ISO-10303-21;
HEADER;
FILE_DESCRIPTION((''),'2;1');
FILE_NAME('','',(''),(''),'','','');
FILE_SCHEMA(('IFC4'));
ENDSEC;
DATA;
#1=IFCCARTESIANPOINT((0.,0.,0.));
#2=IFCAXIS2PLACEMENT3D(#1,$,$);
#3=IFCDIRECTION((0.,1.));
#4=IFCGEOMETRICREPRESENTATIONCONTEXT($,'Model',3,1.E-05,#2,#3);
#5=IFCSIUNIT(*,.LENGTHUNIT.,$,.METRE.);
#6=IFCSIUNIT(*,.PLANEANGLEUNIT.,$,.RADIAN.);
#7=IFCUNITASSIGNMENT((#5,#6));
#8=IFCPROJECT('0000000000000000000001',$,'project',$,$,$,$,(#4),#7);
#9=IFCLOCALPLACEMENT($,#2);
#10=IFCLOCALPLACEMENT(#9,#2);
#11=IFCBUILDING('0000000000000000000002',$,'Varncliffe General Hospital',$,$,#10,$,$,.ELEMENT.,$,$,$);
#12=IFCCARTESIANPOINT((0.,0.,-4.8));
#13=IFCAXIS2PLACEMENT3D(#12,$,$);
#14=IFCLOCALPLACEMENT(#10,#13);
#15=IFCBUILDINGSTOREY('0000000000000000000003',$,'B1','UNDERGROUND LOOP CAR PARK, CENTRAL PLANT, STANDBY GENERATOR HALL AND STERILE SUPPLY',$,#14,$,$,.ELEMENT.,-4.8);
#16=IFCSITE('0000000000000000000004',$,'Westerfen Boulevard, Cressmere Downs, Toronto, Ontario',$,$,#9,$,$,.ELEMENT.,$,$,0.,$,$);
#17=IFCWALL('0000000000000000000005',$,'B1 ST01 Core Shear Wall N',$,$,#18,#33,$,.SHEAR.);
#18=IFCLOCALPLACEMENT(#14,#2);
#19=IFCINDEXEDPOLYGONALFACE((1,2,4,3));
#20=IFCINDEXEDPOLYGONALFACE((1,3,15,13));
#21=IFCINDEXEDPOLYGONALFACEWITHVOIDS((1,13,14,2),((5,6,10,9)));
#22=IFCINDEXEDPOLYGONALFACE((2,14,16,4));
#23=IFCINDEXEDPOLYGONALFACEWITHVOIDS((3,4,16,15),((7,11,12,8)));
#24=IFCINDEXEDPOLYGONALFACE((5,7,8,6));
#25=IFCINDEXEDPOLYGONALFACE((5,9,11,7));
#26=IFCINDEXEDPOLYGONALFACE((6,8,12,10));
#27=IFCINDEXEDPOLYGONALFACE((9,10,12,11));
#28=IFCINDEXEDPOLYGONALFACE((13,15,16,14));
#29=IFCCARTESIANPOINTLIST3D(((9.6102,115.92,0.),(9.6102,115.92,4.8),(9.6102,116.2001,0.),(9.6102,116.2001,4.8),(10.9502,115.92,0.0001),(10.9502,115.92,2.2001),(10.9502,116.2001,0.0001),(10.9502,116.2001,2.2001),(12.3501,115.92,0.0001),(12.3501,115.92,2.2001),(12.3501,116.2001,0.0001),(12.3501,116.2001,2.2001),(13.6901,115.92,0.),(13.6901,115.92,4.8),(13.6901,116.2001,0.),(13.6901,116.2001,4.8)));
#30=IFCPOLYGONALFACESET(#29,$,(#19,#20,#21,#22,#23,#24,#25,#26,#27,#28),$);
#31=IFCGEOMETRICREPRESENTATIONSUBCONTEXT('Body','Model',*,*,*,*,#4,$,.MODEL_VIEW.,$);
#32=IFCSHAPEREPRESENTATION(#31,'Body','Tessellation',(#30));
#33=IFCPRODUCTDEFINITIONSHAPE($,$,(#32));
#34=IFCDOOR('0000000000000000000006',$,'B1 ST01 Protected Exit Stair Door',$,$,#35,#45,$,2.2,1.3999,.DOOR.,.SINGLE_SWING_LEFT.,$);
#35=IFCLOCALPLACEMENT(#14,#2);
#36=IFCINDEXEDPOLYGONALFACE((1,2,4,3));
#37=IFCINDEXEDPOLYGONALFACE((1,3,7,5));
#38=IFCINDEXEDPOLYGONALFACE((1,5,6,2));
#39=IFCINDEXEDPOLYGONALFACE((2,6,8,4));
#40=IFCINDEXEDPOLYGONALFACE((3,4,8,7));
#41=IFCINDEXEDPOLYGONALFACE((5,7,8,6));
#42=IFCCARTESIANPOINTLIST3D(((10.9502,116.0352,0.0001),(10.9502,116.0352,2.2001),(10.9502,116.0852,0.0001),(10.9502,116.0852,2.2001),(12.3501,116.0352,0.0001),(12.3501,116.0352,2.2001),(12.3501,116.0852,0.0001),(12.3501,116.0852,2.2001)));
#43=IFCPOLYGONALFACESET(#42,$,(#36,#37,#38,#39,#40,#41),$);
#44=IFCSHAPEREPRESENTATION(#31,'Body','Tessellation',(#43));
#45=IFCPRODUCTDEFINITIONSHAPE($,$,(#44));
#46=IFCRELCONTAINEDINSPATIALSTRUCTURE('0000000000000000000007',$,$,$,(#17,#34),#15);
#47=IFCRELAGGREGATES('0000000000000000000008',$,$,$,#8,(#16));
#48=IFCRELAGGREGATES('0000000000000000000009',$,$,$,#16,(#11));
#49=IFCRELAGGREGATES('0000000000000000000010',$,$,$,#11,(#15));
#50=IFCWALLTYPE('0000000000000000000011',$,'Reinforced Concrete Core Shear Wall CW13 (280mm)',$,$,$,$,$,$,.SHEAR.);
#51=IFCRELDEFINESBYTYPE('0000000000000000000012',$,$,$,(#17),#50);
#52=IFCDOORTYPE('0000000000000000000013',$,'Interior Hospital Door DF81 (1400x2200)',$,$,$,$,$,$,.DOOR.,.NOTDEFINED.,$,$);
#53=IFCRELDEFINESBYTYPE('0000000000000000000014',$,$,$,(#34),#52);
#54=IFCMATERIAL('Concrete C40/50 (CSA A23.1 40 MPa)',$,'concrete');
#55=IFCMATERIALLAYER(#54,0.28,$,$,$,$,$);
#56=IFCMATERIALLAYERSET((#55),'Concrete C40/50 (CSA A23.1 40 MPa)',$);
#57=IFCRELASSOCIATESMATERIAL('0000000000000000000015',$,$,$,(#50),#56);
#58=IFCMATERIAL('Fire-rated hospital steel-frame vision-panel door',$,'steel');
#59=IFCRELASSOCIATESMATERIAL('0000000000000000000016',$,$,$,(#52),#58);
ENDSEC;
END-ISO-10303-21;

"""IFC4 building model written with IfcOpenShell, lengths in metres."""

from ifc_helpers import new_model, si_unit, direction, frame, frame_2d, origin, place, context, subcontext, project, spatial, rectangle, extrude, material, layer, layer_set, type_object, element, fill, save


model = new_model("IFC4")

# Units and contexts
model_context = context("Model", 3, precision=1e-05, world=origin(), true_north=direction((0.0, 1.0)))
body_context = subcontext(model_context, "Body", "Model", "MODEL_VIEW")
ifc_project = project(units=[si_unit("LENGTHUNIT", "METRE"), si_unit("PLANEANGLEUNIT", "RADIAN")], contexts=[model_context])

# Site, building, storey
site_placement = place(None, origin())
site = spatial("IfcSite", under=ifc_project, at=site_placement, Name="Westerfen Boulevard, Cressmere Downs, Toronto, Ontario", CompositionType="ELEMENT", RefElevation=0.0)
building_placement = place(site_placement, origin())
building = spatial("IfcBuilding", under=site, at=building_placement, Name="Varncliffe General Hospital", CompositionType="ELEMENT")
storey_placement = place(building_placement, frame((0.0, 0.0, -4.8)))
storey = spatial("IfcBuildingStorey", under=building, at=storey_placement, Name="B1", Description="UNDERGROUND LOOP CAR PARK, CENTRAL PLANT, STANDBY GENERATOR HALL AND STERILE SUPPLY", CompositionType="ELEMENT", Elevation=-4.8)

# Shared definitions
ifc_material_1 = material(Name="Concrete C40/50 (CSA A23.1 40 MPa)", Category="concrete")

# Shared definitions
ifc_layer = layer(ifc_material_1, 0.28)
ifc_layer_set = layer_set([ifc_layer], Name="Concrete C40/50 (CSA A23.1 40 MPa)")
wall_type = type_object("IfcWallType", Name="Reinforced Concrete Core Shear Wall CW13 (280mm)", PredefinedType="SHEAR", material=ifc_layer_set)

# Wall, opening, door
wall_1_placement = place(storey_placement, frame((9.6101, 116.0601, 0.0), z_axis=(0.0, 0.0, 1.0), x_axis=(1.0, 0.0, 0.0)))
wall_1 = element("IfcWall", 1, at=wall_1_placement, inside=storey, type_object=wall_type, Name="B1 ST01 Core Shear Wall N", PredefinedType="SHEAR", context=body_context, shape_type="SweptSolid", body=[
    extrude(rectangle(XDim=4.0798, YDim=0.28, at=frame_2d((2.04, 0.0))), origin(), (0.0, 0.0, 1.0), 4.8),
])
opening_placement = place(wall_1_placement, frame((1.3401, 0.0, 0.0)))
opening = element("IfcOpeningElement", 2, at=opening_placement, cuts=wall_1, PredefinedType="OPENING", context=body_context, shape_type="SweptSolid", body=[
    extrude(rectangle(XDim=1.3999, YDim=2.2, at=frame_2d((0.7, 1.1001))), frame((0.0, 0.1499, 0.0), z_axis=(0.0, -1.0, 0.0), x_axis=(1.0, 0.0, 0.0)), (0.0, 0.0, 1.0), 0.3),
])
ifc_material_2 = material(Name="Fire-rated hospital steel-frame vision-panel door", Category="steel")
door_type = type_object("IfcDoorType", Name="Interior Hospital Door DF81 (1400x2200)", OperationType="NOTDEFINED", PredefinedType="DOOR", material=ifc_material_2)
door_placement = place(opening_placement, frame((1.3999, 0.0, 0.0), z_axis=(0.0, 0.0, 1.0), x_axis=(-1.0, 0.0, 0.0)))
door = element("IfcDoor", 3, at=door_placement, inside=storey, type_object=door_type, Name="B1 ST01 Protected Exit Stair Door", OperationType="SINGLE_SWING_LEFT", OverallHeight=2.2, OverallWidth=1.3999, PredefinedType="DOOR", context=body_context, shape_type="SweptSolid", body=[
    extrude(rectangle(XDim=1.3999, YDim=2.2, at=frame_2d((0.7, 1.1001))), frame((0.0, 0.0249, 0.0), z_axis=(0.0, -1.0, 0.0), x_axis=(1.0, 0.0, 0.0)), (0.0, 0.0, 1.0), 0.05),
])
fill(opening, door)

save(model, "model.ifc")
